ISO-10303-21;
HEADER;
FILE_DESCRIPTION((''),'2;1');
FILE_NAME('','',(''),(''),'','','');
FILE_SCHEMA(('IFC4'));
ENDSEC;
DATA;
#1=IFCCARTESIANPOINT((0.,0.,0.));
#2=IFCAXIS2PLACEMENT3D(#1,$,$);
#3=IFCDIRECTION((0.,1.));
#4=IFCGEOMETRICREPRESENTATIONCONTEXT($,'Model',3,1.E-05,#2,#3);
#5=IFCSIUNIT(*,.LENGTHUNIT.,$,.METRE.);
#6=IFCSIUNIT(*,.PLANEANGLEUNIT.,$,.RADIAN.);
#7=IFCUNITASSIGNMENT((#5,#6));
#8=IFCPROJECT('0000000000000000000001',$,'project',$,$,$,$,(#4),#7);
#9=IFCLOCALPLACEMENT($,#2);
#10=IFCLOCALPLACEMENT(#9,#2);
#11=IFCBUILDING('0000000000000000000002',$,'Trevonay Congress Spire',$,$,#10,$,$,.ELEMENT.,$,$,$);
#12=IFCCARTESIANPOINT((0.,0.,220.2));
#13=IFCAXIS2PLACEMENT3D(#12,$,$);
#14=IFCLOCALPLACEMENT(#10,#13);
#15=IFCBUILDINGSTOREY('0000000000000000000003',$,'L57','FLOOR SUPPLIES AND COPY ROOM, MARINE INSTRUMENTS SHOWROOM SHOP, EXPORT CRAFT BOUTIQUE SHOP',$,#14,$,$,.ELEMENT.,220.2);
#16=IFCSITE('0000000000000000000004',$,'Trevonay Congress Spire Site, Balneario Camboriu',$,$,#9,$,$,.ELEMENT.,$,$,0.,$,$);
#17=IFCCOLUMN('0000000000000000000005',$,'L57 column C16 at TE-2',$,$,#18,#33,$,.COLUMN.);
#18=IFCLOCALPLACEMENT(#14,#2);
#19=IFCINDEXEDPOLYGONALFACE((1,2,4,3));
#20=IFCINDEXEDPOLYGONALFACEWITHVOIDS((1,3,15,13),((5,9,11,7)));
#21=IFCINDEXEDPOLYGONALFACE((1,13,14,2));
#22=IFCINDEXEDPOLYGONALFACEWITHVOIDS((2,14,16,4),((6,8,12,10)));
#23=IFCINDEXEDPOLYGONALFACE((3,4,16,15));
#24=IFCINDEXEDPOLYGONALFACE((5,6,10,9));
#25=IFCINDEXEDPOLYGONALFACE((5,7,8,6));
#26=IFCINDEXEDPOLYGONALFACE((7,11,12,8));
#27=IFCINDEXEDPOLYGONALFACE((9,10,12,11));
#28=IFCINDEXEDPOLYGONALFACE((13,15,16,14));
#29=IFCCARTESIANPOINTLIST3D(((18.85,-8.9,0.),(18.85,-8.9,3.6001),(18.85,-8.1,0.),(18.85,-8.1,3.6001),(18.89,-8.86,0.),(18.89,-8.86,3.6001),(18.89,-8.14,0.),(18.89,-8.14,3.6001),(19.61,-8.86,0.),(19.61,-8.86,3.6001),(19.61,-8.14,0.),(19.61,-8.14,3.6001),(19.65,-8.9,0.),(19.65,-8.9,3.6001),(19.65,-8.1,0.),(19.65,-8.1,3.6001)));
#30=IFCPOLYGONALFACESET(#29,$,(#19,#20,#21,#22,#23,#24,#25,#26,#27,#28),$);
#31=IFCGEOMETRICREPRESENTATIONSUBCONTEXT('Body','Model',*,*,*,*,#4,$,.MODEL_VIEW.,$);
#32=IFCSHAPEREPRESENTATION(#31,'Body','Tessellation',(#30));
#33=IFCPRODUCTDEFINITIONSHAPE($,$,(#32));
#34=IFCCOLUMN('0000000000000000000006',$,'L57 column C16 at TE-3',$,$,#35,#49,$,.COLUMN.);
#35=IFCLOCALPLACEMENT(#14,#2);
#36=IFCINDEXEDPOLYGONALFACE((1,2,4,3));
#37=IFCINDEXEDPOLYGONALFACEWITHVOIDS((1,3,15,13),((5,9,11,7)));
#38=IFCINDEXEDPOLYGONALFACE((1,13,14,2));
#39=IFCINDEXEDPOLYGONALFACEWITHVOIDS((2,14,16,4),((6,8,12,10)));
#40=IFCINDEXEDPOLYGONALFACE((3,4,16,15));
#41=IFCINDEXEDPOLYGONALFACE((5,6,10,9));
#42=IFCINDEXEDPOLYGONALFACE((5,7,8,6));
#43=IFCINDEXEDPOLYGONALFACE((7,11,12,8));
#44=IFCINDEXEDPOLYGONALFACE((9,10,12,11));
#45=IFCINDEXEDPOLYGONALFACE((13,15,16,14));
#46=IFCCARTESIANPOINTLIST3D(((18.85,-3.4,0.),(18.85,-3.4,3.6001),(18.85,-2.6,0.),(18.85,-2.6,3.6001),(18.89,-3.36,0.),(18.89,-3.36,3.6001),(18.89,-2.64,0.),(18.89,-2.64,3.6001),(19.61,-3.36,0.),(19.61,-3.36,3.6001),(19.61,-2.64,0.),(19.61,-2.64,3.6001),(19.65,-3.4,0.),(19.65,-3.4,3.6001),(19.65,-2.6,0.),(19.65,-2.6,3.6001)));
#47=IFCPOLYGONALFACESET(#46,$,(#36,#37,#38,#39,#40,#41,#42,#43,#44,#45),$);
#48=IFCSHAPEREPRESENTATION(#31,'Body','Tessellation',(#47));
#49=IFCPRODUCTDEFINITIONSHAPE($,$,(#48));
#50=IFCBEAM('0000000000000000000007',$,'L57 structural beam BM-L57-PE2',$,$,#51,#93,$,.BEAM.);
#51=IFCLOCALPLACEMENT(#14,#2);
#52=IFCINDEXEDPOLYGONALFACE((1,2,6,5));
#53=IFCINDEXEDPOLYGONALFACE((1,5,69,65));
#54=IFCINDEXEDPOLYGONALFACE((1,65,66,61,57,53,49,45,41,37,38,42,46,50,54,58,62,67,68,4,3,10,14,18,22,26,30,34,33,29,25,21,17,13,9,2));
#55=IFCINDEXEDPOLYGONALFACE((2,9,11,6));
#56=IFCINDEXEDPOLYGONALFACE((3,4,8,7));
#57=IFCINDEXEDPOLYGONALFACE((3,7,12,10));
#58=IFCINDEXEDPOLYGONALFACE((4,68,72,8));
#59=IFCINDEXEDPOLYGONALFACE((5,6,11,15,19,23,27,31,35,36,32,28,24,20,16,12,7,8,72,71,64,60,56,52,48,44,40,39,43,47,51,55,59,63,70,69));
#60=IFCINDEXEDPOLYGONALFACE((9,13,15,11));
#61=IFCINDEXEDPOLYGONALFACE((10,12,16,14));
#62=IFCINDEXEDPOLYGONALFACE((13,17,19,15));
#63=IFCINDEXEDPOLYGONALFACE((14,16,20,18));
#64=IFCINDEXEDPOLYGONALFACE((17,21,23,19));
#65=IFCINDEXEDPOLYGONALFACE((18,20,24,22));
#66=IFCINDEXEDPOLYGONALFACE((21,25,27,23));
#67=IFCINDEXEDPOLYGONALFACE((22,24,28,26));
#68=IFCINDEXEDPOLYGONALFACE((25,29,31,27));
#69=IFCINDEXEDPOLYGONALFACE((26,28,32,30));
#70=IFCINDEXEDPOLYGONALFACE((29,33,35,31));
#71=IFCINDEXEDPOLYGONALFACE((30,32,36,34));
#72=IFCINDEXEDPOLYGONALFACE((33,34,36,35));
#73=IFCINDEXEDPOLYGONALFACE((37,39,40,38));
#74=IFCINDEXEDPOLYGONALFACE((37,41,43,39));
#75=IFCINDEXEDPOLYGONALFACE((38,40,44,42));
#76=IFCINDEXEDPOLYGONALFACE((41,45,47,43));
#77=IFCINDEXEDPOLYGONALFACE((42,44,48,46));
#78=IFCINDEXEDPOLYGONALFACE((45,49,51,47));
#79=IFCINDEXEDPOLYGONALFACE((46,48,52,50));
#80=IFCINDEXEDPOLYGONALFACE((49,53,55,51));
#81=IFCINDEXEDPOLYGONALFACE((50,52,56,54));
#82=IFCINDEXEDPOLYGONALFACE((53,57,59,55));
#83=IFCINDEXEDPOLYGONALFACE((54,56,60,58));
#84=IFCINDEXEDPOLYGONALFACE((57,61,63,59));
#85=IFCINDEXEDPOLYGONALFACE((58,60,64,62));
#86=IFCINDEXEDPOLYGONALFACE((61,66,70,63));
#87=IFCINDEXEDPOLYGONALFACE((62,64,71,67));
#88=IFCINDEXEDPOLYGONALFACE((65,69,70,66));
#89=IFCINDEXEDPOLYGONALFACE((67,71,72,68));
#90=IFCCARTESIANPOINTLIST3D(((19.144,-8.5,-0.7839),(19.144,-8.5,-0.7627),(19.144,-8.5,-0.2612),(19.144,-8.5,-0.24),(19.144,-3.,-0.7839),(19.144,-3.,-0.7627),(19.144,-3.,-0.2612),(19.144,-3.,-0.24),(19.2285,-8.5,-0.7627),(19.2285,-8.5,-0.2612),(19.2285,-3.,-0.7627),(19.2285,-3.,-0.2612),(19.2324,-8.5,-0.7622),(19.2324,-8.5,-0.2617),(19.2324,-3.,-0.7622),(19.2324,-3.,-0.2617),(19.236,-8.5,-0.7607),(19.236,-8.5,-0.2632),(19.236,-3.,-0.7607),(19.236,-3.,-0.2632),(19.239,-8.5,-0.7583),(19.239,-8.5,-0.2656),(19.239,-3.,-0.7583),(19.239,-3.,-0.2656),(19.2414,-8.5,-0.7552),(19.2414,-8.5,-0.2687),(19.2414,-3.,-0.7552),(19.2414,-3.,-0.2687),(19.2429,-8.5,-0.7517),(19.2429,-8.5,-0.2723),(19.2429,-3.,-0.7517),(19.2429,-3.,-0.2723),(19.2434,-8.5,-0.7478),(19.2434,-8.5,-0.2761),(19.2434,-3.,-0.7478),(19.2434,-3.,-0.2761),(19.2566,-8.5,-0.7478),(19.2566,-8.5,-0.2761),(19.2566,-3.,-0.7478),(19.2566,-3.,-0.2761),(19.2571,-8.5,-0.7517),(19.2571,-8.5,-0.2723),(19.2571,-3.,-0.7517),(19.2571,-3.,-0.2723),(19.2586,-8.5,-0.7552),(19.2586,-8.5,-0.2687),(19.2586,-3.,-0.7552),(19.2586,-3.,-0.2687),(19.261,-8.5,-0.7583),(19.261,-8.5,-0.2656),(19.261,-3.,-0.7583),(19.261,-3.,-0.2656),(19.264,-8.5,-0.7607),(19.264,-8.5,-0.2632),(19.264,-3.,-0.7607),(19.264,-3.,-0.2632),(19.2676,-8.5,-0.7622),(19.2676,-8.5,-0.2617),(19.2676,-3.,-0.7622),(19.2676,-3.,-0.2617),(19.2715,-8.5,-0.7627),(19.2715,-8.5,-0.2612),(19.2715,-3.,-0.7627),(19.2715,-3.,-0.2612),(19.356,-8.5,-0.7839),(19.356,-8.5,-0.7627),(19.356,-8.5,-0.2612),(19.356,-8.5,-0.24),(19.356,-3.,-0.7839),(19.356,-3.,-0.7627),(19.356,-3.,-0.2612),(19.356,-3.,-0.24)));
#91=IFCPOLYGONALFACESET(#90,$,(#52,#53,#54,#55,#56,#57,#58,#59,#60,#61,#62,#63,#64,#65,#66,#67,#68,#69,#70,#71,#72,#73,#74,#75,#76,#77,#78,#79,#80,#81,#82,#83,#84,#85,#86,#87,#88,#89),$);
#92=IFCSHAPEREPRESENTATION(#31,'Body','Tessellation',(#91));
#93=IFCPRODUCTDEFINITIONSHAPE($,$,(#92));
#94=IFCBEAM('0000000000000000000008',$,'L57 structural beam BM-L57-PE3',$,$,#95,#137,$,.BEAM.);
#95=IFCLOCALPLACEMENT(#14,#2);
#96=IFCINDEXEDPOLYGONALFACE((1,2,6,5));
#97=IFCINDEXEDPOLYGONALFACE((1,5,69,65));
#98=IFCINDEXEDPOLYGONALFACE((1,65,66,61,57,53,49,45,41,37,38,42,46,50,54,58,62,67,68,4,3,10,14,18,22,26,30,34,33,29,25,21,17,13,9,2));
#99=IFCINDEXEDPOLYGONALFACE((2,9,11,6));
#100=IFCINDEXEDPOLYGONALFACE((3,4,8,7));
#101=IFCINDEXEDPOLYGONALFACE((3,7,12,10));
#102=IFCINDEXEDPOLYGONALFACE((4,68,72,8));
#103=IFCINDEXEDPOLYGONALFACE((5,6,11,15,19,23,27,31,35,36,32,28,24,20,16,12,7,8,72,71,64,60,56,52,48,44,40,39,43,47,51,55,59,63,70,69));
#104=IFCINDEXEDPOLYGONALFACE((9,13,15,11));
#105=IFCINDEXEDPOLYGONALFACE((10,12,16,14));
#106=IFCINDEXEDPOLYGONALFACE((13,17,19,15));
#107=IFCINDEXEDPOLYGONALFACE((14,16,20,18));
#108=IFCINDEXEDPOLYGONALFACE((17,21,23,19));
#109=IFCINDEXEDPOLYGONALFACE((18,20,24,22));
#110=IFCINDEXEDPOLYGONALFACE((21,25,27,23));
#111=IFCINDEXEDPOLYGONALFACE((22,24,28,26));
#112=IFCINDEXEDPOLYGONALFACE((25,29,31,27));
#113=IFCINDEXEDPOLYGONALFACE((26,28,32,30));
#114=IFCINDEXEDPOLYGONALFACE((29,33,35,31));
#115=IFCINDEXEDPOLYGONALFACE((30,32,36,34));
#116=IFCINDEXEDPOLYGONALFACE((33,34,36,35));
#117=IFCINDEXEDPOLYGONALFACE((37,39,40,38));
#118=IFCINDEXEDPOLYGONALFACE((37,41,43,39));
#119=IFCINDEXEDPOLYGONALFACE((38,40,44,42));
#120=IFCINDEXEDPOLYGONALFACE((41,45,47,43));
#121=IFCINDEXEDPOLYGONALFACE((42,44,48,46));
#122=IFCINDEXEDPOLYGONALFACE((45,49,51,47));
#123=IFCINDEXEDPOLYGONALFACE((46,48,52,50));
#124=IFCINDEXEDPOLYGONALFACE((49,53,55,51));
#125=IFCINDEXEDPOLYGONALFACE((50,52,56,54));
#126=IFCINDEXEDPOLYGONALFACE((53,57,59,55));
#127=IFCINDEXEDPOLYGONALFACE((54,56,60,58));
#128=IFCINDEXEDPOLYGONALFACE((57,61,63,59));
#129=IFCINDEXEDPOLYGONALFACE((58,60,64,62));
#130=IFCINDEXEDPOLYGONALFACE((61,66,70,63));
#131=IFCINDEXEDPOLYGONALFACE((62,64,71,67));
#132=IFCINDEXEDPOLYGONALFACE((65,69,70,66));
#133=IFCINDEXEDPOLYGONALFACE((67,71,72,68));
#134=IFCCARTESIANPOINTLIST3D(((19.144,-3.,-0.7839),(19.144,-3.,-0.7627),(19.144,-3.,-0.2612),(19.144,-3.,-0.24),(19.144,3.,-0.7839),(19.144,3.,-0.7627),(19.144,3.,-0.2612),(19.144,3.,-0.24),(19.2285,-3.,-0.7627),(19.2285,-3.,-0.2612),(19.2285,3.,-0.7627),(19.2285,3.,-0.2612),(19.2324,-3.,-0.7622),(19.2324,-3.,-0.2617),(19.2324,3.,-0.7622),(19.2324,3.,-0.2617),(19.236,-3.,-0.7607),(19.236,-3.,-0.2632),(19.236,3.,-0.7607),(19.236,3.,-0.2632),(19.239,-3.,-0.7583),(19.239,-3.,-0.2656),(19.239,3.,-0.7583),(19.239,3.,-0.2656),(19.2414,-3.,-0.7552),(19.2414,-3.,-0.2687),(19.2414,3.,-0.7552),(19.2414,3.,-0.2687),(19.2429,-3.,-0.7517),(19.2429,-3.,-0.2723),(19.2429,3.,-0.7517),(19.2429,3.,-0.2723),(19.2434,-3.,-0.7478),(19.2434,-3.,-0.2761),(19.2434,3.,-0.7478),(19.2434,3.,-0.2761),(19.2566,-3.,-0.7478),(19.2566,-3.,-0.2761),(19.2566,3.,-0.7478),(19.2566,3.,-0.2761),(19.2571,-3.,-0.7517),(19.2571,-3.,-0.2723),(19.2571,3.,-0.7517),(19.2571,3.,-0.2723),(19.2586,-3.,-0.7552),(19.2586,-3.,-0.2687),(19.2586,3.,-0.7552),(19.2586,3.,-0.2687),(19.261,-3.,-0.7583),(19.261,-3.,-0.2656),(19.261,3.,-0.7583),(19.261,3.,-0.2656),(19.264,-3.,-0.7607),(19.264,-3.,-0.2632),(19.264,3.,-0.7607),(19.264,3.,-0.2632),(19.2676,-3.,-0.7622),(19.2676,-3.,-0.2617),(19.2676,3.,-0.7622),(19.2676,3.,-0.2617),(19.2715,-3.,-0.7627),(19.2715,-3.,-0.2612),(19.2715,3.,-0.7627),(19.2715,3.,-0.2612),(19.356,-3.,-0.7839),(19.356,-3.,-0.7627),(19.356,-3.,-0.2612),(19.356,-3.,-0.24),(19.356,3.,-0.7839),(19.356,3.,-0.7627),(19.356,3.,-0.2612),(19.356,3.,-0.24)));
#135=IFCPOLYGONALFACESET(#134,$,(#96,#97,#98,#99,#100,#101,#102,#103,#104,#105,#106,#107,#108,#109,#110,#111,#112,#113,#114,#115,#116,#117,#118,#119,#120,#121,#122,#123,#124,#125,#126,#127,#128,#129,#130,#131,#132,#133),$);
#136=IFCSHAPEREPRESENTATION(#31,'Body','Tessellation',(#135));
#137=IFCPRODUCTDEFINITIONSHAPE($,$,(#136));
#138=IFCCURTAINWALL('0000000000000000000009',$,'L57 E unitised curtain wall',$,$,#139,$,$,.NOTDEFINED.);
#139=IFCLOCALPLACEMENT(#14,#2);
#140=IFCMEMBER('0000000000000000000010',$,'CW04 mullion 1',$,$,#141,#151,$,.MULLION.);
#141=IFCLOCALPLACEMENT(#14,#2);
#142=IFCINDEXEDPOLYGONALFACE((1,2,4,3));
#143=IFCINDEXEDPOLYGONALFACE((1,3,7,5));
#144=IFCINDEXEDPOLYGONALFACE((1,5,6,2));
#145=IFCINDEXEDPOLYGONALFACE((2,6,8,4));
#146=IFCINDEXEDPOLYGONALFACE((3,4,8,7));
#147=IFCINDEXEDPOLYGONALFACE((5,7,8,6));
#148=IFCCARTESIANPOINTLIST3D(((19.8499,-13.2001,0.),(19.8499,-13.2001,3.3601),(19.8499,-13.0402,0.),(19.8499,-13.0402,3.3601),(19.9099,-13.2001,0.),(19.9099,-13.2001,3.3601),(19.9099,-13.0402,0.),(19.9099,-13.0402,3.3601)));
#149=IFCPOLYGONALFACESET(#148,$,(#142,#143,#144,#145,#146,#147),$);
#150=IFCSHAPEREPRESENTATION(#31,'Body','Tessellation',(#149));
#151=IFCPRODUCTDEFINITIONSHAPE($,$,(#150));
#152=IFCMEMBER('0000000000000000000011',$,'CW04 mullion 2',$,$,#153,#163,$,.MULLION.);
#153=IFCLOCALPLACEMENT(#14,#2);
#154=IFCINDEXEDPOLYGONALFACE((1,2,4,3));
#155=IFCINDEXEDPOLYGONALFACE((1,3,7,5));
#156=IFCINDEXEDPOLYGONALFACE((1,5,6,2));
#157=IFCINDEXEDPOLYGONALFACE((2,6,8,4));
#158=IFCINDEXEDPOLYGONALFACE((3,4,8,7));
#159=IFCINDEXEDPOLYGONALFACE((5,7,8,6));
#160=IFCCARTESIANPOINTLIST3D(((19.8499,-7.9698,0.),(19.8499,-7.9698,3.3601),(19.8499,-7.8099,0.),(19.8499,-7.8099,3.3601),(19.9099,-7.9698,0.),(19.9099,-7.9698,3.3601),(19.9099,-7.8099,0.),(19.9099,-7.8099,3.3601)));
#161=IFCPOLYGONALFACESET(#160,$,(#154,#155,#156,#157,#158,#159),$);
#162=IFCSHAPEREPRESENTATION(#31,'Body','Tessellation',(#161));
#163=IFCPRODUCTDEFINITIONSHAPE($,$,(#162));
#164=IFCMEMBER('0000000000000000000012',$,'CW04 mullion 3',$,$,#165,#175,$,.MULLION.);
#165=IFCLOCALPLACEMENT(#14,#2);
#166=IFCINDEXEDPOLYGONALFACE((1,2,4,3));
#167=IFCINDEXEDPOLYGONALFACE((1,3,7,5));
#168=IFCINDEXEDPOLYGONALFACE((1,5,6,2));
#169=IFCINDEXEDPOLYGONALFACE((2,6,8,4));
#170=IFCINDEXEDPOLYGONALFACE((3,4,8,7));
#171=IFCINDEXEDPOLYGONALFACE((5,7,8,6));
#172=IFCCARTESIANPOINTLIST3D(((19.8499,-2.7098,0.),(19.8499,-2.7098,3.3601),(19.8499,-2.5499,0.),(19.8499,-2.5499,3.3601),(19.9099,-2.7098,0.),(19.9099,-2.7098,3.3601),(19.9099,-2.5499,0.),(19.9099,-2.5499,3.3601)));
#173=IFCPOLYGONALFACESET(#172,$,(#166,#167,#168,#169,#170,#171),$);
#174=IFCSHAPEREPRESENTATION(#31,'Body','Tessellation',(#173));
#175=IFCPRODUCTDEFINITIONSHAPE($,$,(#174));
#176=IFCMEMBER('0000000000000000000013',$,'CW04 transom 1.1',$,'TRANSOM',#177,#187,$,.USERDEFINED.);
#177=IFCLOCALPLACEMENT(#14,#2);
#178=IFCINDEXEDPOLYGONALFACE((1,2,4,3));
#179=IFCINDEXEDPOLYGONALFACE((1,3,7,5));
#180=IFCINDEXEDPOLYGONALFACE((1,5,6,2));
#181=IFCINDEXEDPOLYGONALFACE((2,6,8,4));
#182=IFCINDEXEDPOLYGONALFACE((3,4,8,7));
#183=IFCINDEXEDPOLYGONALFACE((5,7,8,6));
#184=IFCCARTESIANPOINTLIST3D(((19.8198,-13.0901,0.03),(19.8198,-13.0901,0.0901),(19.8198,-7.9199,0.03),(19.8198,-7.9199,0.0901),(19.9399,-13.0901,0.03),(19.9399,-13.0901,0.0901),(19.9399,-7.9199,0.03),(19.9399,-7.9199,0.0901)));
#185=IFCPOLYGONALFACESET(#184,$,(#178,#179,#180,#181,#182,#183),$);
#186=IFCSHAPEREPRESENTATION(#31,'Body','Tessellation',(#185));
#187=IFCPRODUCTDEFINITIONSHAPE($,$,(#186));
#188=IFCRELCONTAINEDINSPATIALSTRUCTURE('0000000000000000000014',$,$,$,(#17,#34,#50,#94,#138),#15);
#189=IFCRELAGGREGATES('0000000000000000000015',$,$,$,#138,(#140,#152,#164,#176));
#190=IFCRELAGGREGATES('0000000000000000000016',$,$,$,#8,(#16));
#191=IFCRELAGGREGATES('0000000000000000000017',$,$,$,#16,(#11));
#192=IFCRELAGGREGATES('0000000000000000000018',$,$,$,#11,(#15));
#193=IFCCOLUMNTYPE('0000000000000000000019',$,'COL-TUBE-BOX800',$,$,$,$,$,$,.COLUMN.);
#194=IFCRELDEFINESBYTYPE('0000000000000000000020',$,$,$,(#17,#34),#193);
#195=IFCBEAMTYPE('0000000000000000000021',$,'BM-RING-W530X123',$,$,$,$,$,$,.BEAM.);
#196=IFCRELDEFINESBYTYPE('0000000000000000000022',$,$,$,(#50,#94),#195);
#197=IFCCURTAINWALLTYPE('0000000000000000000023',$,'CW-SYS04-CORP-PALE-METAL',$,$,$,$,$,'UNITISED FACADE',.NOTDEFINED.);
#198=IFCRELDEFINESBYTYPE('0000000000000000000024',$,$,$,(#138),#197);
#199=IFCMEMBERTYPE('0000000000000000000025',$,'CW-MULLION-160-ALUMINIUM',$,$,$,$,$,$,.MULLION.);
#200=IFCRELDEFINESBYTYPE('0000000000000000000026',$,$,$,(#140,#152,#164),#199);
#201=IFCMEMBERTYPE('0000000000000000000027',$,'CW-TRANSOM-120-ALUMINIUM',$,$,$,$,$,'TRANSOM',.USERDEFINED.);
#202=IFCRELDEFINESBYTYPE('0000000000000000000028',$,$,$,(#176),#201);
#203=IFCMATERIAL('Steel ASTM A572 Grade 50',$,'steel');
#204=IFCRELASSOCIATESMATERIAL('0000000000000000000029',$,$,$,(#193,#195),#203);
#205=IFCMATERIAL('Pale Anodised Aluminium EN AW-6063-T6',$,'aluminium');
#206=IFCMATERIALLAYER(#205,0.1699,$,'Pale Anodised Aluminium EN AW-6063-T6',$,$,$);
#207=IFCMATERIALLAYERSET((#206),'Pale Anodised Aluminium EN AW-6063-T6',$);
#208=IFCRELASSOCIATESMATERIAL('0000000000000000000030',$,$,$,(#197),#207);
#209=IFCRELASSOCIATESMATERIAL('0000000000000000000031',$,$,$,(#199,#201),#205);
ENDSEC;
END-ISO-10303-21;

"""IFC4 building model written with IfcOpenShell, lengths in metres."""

from ifc_helpers import new_model, si_unit, direction, frame, origin, origin_2d, place, context, subcontext, project, spatial, rectangle, hollow_rectangle, i_section, extrude, material, layer, layer_set, material_profile, profile_set, type_object, element, aggregate, save


model = new_model("IFC4")

# Units and contexts
model_context = context("Model", 3, precision=1e-05, world=origin(), true_north=direction((0.0, 1.0)))
body_context = subcontext(model_context, "Body", "Model", "MODEL_VIEW")
ifc_project = project(units=[si_unit("LENGTHUNIT", "METRE"), si_unit("PLANEANGLEUNIT", "RADIAN")], contexts=[model_context])

# Site, building, storey
site_placement = place(None, origin())
site = spatial("IfcSite", under=ifc_project, at=site_placement, Name="Trevonay Congress Spire Site, Balneario Camboriu", CompositionType="ELEMENT", RefElevation=0.0)
building_placement = place(site_placement, origin())
building = spatial("IfcBuilding", under=site, at=building_placement, Name="Trevonay Congress Spire", CompositionType="ELEMENT")
storey_placement = place(building_placement, frame((0.0, 0.0, 220.2)))
storey = spatial("IfcBuildingStorey", under=building, at=storey_placement, Name="L57", Description="FLOOR SUPPLIES AND COPY ROOM, MARINE INSTRUMENTS SHOWROOM SHOP, EXPORT CRAFT BOUTIQUE SHOP", CompositionType="ELEMENT", Elevation=220.2)

# Columns
ifc_material_1 = material(Name="Steel ASTM A572 Grade 50", Category="steel")
ifc_material_profile_1 = material_profile(ifc_material_1, hollow_rectangle(XDim=0.8, YDim=0.8, WallThickness=0.04, at=origin_2d()), Name="BOX 800x800x40")
ifc_profile_set_1 = profile_set([ifc_material_profile_1], Name="Steel ASTM A572 Grade 50")
column_type = type_object("IfcColumnType", Name="COL-TUBE-BOX800", PredefinedType="COLUMN", material=ifc_profile_set_1)
for number, where, z_axis, x_axis, name in (
    (1, (19.25, -8.5, 0.0), (0.0, 0.0, 1.0), (1.0, 0.0, 0.0), "L57 column C16 at TE-2"),
    (2, (19.25, -3.0, 0.0), (0.0, 0.0, 1.0), (1.0, 0.0, 0.0), "L57 column C16 at TE-3"),
):
    element("IfcColumn", number, at=place(storey_placement, frame(where, z_axis=z_axis, x_axis=x_axis)), inside=storey, type_object=column_type, Name=name, PredefinedType="COLUMN", context=body_context, shape_type="SweptSolid", body=[
        extrude(hollow_rectangle(XDim=0.8, YDim=0.8, WallThickness=0.04, at=origin_2d()), origin(), (0.0, 0.0, 1.0), 3.6001),
    ])

# Beams
ifc_material_profile_2 = material_profile(ifc_material_1, i_section(OverallWidth=0.2119, OverallDepth=0.5439, WebThickness=0.0132, FlangeThickness=0.0212, FilletRadius=0.0149, at=origin_2d()), Name="W530x123")
ifc_profile_set_2 = profile_set([ifc_material_profile_2], Name="Steel ASTM A572 Grade 50")
beam_type = type_object("IfcBeamType", Name="BM-RING-W530X123", PredefinedType="BEAM", material=ifc_profile_set_2)
beam_1_placement = place(storey_placement, frame((19.25, -8.5, -0.512), z_axis=(0.0, 1.0, 0.0), x_axis=(-1.0, 0.0, 0.0)))
element("IfcBeam", 3, at=beam_1_placement, inside=storey, type_object=beam_type, Name="L57 structural beam BM-L57-PE2", PredefinedType="BEAM", context=body_context, shape_type="SweptSolid", body=[
    extrude(i_section(OverallWidth=0.2119, OverallDepth=0.5439, WebThickness=0.0132, FlangeThickness=0.0212, FilletRadius=0.0149, at=origin_2d()), origin(), (0.0, 0.0, 1.0), 5.5),
])
beam_2_placement = place(storey_placement, frame((19.25, -3.0, -0.512), z_axis=(0.0, 1.0, 0.0), x_axis=(-1.0, 0.0, 0.0)))
element("IfcBeam", 4, at=beam_2_placement, inside=storey, type_object=beam_type, Name="L57 structural beam BM-L57-PE3", PredefinedType="BEAM", context=body_context, shape_type="SweptSolid", body=[
    extrude(i_section(OverallWidth=0.2119, OverallDepth=0.5439, WebThickness=0.0132, FlangeThickness=0.0212, FilletRadius=0.0149, at=origin_2d()), origin(), (0.0, 0.0, 1.0), 6.0),
])

# Curtain wall, members
ifc_material_2 = material(Name="Pale Anodised Aluminium EN AW-6063-T6", Category="aluminium")
ifc_layer_1 = layer(ifc_material_2, 0.1699, Name="Pale Anodised Aluminium EN AW-6063-T6")
ifc_layer_set_1 = layer_set([ifc_layer_1], Name="Pale Anodised Aluminium EN AW-6063-T6")
curtain_wall_type = type_object("IfcCurtainWallType", Name="CW-SYS04-CORP-PALE-METAL", ElementType="UNITISED FACADE", PredefinedType="NOTDEFINED", material=ifc_layer_set_1)
curtain_wall_placement = place(storey_placement, origin())
curtain_wall = element("IfcCurtainWall", 5, at=curtain_wall_placement, inside=storey, type_object=curtain_wall_type, Name="L57 E unitised curtain wall", PredefinedType="NOTDEFINED")
ifc_material_profile_3 = material_profile(ifc_material_2, rectangle(XDim=0.0601, YDim=0.1599, at=origin_2d()), Name="CW-MULLION-160-ALUMINIUM")
ifc_profile_set_3 = profile_set([ifc_material_profile_3], Name="Pale Anodised Aluminium EN AW-6063-T6")
member_type_1 = type_object("IfcMemberType", Name="CW-MULLION-160-ALUMINIUM", PredefinedType="MULLION", material=ifc_profile_set_3)
member_1_placement = place(storey_placement, frame((19.8799, -13.1201, 0.0), z_axis=(0.0, 0.0, 1.0), x_axis=(-1.0, 0.0, 0.0)))
member_1 = element("IfcMember", 6, at=member_1_placement, type_object=member_type_1, Name="CW04 mullion 1", PredefinedType="MULLION", context=body_context, shape_type="SweptSolid", body=[
    extrude(rectangle(XDim=0.0601, YDim=0.1599, at=origin_2d()), origin(), (0.0, 0.0, 1.0), 3.3601),
])
member_2_placement = place(storey_placement, frame((19.8799, -7.8899, 0.0), z_axis=(0.0, 0.0, 1.0), x_axis=(-1.0, 0.0, 0.0)))
member_2 = element("IfcMember", 7, at=member_2_placement, type_object=member_type_1, Name="CW04 mullion 2", PredefinedType="MULLION", context=body_context, shape_type="SweptSolid", body=[
    extrude(rectangle(XDim=0.0601, YDim=0.1599, at=origin_2d()), origin(), (0.0, 0.0, 1.0), 3.3601),
])
member_3_placement = place(storey_placement, frame((19.8799, -2.6299, 0.0), z_axis=(0.0, 0.0, 1.0), x_axis=(-1.0, 0.0, 0.0)))
member_3 = element("IfcMember", 8, at=member_3_placement, type_object=member_type_1, Name="CW04 mullion 3", PredefinedType="MULLION", context=body_context, shape_type="SweptSolid", body=[
    extrude(rectangle(XDim=0.0601, YDim=0.1599, at=origin_2d()), origin(), (0.0, 0.0, 1.0), 3.3601),
])
ifc_material_profile_4 = material_profile(ifc_material_2, rectangle(XDim=0.1201, YDim=0.0601, at=origin_2d()), Name="CW-TRANSOM-120-ALUMINIUM")
ifc_profile_set_4 = profile_set([ifc_material_profile_4], Name="Pale Anodised Aluminium EN AW-6063-T6")
member_type_2 = type_object("IfcMemberType", Name="CW-TRANSOM-120-ALUMINIUM", ElementType="TRANSOM", PredefinedType="USERDEFINED", material=ifc_profile_set_4)
member_4_placement = place(storey_placement, frame((19.8799, -13.0901, 0.0601), z_axis=(0.0, 1.0, 0.0), x_axis=(-1.0, 0.0, 0.0)))
member_4 = element("IfcMember", 9, at=member_4_placement, type_object=member_type_2, Name="CW04 transom 1.1", ObjectType="TRANSOM", PredefinedType="USERDEFINED", context=body_context, shape_type="SweptSolid", body=[
    extrude(rectangle(XDim=0.1201, YDim=0.0601, at=origin_2d()), origin(), (0.0, 0.0, 1.0), 5.1702),
])
aggregate(curtain_wall, [member_1, member_2, member_3, member_4])

save(model, "model.ifc")
